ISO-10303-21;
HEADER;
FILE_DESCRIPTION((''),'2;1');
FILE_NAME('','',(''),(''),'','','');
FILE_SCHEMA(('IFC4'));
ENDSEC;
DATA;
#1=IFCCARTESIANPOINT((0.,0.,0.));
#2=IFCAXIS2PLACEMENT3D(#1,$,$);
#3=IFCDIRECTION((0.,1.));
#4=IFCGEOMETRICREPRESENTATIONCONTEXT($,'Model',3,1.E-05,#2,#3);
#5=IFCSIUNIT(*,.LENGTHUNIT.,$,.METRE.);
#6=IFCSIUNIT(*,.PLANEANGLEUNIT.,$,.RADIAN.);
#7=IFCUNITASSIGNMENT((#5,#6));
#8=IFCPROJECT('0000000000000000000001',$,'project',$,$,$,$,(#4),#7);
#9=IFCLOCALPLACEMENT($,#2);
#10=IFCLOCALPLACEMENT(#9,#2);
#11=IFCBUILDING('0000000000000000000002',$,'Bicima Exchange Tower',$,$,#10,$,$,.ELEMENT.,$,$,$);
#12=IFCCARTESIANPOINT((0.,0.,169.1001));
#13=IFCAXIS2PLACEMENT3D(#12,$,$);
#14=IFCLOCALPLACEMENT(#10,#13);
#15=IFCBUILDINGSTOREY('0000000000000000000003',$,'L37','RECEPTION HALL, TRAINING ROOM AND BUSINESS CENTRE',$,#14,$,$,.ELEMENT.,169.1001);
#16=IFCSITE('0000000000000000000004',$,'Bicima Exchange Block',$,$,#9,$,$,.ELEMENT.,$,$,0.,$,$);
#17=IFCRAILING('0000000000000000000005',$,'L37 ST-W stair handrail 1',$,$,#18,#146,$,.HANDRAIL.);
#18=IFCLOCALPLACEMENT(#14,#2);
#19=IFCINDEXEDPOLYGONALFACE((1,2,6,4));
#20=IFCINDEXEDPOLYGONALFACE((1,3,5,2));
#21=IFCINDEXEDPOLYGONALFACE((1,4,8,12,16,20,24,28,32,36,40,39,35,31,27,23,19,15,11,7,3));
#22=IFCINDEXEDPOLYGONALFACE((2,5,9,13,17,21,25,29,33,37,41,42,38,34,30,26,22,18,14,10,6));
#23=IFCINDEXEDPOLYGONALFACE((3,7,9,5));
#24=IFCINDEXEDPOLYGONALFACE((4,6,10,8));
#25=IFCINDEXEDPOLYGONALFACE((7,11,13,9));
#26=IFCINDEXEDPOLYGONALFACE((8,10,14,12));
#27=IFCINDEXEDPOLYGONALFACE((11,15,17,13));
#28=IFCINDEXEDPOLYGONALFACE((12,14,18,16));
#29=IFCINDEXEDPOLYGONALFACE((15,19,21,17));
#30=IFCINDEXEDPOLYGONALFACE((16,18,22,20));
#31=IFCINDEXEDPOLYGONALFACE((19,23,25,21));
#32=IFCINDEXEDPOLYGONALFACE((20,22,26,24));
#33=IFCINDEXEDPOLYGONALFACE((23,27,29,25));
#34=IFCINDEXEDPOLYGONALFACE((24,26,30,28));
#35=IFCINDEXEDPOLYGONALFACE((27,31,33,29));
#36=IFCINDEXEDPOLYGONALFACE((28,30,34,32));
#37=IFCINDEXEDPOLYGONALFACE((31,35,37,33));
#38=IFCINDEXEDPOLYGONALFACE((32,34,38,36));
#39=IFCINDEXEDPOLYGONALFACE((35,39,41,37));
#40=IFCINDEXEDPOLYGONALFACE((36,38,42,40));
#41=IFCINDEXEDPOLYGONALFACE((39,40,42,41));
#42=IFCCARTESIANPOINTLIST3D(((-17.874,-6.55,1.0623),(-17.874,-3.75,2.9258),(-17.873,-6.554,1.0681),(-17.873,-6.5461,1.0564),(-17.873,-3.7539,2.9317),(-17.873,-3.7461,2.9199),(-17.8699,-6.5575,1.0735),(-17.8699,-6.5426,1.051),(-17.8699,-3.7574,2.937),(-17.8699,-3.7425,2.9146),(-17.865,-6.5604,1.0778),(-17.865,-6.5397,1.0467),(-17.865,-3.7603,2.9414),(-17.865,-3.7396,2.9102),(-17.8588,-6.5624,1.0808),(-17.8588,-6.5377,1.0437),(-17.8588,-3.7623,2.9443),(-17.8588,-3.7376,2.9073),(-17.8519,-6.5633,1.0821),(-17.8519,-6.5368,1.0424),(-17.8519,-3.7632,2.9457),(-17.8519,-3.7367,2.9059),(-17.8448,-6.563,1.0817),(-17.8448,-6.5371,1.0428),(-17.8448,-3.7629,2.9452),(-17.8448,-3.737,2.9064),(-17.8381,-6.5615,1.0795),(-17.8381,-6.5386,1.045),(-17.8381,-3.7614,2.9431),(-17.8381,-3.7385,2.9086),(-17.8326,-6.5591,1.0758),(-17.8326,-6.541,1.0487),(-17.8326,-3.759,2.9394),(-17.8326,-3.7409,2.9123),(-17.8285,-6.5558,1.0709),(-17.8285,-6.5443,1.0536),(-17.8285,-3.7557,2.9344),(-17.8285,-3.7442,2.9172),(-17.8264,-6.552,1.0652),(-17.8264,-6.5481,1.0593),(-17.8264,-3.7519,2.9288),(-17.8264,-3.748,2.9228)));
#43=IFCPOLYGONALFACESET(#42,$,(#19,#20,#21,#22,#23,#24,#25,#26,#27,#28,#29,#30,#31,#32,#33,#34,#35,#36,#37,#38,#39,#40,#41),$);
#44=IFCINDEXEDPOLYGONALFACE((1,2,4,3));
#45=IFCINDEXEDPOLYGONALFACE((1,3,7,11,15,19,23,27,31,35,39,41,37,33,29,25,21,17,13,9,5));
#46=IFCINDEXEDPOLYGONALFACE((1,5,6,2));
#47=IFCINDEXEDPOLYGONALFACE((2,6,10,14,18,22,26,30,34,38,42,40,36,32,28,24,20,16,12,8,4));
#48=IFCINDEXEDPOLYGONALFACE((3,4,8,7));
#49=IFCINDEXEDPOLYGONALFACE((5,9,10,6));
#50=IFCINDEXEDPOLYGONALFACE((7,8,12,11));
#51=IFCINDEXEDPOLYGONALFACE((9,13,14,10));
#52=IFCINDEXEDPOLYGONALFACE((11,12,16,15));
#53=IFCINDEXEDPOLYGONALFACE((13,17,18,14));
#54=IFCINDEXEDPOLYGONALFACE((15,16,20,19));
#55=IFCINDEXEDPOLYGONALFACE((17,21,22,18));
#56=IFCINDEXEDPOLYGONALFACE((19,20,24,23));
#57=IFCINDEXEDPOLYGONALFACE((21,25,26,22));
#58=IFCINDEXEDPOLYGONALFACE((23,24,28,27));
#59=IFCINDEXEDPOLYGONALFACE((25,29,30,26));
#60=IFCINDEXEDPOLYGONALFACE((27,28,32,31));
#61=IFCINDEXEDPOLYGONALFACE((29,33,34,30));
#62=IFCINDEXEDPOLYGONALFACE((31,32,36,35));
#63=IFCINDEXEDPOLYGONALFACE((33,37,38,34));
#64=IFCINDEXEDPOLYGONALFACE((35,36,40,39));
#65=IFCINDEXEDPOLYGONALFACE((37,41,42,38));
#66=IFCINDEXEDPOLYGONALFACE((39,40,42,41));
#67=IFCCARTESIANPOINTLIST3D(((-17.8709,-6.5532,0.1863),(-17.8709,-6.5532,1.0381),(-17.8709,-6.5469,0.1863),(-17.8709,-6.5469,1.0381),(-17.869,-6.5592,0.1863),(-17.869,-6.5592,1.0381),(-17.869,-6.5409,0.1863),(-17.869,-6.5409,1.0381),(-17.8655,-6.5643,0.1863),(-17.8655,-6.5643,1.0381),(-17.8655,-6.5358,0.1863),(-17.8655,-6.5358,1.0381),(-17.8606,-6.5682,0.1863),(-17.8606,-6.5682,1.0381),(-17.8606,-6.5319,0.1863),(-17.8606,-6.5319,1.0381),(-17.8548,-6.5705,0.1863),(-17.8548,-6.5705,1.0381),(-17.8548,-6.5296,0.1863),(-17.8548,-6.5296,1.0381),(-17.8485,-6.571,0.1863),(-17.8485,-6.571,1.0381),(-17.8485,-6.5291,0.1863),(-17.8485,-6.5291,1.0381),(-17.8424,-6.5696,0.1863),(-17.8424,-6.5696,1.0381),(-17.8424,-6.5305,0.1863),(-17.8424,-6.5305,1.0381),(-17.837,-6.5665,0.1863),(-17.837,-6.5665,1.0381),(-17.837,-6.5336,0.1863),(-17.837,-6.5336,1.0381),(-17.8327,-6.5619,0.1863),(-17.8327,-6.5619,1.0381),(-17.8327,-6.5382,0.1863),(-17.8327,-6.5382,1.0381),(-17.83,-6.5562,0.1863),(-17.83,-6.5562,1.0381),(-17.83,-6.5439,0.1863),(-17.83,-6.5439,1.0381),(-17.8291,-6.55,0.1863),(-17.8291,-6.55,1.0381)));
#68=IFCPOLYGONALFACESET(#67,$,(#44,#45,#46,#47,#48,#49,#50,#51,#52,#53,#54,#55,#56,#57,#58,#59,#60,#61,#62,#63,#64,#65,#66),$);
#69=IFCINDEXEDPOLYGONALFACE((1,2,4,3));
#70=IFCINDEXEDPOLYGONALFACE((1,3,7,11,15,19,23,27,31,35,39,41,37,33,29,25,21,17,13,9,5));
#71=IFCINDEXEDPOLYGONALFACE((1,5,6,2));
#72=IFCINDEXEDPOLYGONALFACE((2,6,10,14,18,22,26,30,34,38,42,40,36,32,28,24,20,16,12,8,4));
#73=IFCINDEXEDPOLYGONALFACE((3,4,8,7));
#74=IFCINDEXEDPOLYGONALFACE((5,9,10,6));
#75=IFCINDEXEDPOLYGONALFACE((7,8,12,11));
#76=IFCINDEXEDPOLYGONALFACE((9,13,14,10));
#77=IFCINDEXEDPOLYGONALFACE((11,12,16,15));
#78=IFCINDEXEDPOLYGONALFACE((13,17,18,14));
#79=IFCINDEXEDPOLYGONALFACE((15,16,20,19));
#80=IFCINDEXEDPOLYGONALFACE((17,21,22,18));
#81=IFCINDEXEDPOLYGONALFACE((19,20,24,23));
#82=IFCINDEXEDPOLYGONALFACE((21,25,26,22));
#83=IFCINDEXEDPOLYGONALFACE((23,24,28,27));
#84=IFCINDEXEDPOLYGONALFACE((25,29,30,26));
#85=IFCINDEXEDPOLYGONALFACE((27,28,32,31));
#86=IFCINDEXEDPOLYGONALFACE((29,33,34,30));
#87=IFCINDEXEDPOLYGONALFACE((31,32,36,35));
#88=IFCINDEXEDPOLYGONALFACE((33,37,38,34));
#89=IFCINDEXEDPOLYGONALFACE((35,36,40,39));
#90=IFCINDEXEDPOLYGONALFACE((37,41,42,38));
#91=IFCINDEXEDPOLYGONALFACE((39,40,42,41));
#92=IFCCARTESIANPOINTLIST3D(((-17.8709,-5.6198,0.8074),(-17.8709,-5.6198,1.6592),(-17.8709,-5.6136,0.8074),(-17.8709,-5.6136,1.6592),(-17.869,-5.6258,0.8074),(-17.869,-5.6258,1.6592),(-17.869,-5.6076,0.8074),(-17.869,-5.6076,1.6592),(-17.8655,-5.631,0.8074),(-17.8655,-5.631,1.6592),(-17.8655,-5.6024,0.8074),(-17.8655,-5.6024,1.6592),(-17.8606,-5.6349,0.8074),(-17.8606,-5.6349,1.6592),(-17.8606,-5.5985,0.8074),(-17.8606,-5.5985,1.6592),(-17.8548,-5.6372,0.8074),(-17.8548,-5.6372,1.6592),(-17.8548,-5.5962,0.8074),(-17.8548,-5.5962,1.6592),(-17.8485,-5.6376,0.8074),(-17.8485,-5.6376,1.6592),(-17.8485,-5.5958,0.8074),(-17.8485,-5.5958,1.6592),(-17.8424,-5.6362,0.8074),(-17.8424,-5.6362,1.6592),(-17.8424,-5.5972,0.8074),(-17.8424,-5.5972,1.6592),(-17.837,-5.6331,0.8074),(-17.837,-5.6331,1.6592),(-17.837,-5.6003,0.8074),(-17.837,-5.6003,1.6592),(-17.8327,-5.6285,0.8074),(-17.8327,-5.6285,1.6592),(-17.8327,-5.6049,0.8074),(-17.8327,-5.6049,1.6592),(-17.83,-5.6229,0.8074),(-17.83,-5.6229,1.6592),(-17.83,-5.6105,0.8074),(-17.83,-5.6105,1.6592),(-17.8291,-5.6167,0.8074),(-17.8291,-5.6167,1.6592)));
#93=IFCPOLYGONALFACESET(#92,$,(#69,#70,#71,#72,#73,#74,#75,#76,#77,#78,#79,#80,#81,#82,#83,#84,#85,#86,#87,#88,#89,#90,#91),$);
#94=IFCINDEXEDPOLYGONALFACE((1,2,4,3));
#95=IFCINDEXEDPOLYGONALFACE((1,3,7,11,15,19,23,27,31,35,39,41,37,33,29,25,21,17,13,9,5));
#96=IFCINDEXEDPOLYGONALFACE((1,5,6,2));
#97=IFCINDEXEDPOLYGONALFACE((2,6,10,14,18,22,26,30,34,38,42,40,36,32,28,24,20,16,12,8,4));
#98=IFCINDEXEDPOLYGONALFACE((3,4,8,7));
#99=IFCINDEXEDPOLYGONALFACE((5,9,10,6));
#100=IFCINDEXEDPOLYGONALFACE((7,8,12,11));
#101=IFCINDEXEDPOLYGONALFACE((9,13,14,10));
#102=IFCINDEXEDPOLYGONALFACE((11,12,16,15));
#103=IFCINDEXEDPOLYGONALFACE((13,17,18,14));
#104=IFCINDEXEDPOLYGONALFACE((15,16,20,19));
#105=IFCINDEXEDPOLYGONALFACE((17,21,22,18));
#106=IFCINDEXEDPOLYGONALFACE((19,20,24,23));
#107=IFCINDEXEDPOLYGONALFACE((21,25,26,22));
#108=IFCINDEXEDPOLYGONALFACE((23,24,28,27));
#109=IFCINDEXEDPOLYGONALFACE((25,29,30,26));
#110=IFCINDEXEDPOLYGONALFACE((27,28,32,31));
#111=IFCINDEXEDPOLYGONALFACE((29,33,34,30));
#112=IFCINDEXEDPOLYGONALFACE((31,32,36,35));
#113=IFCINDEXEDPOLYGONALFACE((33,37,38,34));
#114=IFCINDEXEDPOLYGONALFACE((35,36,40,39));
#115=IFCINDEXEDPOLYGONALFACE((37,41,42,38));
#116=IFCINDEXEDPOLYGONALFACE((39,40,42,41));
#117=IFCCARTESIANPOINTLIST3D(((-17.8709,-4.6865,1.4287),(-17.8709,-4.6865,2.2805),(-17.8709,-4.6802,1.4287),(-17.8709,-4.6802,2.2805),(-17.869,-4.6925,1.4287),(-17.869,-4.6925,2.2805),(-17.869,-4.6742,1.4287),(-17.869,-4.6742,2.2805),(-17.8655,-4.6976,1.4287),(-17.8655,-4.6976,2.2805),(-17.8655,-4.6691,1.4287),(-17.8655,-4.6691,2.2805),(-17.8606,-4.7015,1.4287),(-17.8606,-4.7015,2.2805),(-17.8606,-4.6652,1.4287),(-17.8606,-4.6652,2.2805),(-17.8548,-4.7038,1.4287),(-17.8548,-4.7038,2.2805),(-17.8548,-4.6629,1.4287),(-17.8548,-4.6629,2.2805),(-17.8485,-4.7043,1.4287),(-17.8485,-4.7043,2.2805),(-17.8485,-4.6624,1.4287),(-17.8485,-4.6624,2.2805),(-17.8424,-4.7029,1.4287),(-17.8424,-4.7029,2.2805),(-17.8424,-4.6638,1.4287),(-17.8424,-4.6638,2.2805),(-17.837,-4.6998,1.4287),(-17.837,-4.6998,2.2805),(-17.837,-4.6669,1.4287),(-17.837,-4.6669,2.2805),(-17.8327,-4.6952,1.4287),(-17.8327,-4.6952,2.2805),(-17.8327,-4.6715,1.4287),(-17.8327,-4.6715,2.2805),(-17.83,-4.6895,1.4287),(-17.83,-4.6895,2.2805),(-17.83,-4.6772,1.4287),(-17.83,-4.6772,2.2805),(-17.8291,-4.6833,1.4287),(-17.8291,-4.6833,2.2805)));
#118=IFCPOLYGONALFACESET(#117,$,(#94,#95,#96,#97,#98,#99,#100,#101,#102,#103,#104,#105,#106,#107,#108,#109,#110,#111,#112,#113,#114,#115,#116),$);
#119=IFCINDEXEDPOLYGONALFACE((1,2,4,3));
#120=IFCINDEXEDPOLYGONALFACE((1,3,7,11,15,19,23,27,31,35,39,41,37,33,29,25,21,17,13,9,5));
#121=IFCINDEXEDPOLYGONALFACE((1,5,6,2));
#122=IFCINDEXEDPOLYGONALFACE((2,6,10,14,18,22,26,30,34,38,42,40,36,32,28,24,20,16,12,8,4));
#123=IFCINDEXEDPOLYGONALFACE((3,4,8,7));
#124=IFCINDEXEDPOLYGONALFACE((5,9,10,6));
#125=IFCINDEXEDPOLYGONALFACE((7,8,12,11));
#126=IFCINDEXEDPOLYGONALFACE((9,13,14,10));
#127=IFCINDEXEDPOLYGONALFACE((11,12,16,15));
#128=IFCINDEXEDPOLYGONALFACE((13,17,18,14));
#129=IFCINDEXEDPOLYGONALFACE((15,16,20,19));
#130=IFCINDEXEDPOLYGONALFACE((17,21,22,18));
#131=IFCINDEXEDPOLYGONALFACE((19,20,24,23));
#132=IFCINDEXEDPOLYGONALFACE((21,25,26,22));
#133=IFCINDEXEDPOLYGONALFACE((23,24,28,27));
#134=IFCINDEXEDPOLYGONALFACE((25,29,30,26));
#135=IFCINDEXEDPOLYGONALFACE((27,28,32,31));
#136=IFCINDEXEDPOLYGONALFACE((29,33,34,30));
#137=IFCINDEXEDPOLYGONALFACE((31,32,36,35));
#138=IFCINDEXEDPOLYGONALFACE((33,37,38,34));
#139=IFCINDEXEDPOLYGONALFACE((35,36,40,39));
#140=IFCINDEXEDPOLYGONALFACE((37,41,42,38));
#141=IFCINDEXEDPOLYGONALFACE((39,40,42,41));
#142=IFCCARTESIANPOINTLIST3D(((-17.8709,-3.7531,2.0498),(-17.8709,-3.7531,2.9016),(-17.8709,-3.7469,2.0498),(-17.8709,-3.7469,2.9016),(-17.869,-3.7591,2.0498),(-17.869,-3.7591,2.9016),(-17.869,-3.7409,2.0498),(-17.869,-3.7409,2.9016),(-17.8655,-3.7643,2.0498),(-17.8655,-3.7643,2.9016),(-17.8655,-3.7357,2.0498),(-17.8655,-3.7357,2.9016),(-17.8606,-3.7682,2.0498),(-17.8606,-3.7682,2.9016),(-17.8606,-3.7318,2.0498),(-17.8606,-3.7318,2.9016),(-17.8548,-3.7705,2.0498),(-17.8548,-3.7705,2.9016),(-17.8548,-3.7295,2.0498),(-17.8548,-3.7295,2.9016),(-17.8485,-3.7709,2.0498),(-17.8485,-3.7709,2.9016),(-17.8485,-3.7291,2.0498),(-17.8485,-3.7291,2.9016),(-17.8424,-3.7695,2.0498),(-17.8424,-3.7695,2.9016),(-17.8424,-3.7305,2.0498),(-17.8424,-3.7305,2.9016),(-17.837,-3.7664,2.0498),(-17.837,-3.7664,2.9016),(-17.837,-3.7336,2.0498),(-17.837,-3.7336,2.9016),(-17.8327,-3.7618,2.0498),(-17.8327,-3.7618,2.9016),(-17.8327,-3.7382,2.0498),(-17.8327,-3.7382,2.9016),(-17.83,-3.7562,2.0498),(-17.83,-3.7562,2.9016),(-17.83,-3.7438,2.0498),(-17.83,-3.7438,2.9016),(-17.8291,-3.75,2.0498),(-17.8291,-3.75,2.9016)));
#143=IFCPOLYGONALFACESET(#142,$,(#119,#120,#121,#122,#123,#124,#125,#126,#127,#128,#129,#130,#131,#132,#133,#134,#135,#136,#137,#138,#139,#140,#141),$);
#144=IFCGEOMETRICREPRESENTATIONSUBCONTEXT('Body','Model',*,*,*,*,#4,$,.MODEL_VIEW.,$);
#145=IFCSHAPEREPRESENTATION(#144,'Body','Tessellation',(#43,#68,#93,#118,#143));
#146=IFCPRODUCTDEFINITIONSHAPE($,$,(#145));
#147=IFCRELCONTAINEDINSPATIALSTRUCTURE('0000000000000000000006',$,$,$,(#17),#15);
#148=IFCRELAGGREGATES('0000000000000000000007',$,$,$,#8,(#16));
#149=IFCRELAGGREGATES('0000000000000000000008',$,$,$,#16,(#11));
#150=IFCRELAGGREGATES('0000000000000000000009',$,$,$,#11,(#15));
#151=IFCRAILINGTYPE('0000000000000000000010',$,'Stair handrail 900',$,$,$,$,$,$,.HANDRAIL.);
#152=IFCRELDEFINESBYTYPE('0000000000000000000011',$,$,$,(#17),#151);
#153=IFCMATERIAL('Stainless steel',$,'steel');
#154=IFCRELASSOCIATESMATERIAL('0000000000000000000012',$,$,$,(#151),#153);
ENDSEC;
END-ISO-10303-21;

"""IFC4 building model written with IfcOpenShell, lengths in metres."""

from ifc_helpers import new_model, si_unit, direction, frame, origin, origin_2d, place, context, subcontext, project, spatial, circle, extrude, material, type_object, element, save


model = new_model("IFC4")

# Units and contexts
model_context = context("Model", 3, precision=1e-05, world=origin(), true_north=direction((0.0, 1.0)))
body_context = subcontext(model_context, "Body", "Model", "MODEL_VIEW")
ifc_project = project(units=[si_unit("LENGTHUNIT", "METRE"), si_unit("PLANEANGLEUNIT", "RADIAN")], contexts=[model_context])

# Site, building, storey
site_placement = place(None, origin())
site = spatial("IfcSite", under=ifc_project, at=site_placement, Name="Bicima Exchange Block", CompositionType="ELEMENT", RefElevation=0.0)
building_placement = place(site_placement, origin())
building = spatial("IfcBuilding", under=site, at=building_placement, Name="Bicima Exchange Tower", CompositionType="ELEMENT")
storey_placement = place(building_placement, frame((0.0, 0.0, 169.1001)))
storey = spatial("IfcBuildingStorey", under=building, at=storey_placement, Name="L37", Description="RECEPTION HALL, TRAINING ROOM AND BUSINESS CENTRE", CompositionType="ELEMENT", Elevation=169.1001)

# Shared definitions
ifc_material_1 = material(Name="Stainless steel", Category="steel")

# Railing
railing_type_1 = type_object("IfcRailingType", Name="Stair handrail 900", PredefinedType="HANDRAIL", material=ifc_material_1)
railing_1_placement = place(storey_placement, frame((-17.8501, -6.55, 0.1863)))
element("IfcRailing", 1, at=railing_1_placement, inside=storey, type_object=railing_type_1, Name="L37 ST-W stair handrail 1", PredefinedType="HANDRAIL", context=body_context, shape_type="SweptSolid", body=[
    extrude(circle(Radius=0.0239, at=origin_2d()), frame((0.0, 0.0, 0.876), z_axis=(0.0, 0.832486, 0.554047), x_axis=(-1.0, 0.0, 0.0)), (0.0, 0.0, 1.0), 3.3635),
    extrude(circle(Radius=0.021, at=origin_2d()), origin(), (0.0, 0.0, 1.0), 0.8518),
    extrude(circle(Radius=0.021, at=origin_2d()), frame((0.0, 0.9333, 0.6211)), (0.0, 0.0, 1.0), 0.8518),
    extrude(circle(Radius=0.021, at=origin_2d()), frame((0.0, 1.8667, 1.2424)), (0.0, 0.0, 1.0), 0.8518),
    extrude(circle(Radius=0.021, at=origin_2d()), frame((0.0, 2.8, 1.8635)), (0.0, 0.0, 1.0), 0.8518),
])

save(model, "model.ifc")
